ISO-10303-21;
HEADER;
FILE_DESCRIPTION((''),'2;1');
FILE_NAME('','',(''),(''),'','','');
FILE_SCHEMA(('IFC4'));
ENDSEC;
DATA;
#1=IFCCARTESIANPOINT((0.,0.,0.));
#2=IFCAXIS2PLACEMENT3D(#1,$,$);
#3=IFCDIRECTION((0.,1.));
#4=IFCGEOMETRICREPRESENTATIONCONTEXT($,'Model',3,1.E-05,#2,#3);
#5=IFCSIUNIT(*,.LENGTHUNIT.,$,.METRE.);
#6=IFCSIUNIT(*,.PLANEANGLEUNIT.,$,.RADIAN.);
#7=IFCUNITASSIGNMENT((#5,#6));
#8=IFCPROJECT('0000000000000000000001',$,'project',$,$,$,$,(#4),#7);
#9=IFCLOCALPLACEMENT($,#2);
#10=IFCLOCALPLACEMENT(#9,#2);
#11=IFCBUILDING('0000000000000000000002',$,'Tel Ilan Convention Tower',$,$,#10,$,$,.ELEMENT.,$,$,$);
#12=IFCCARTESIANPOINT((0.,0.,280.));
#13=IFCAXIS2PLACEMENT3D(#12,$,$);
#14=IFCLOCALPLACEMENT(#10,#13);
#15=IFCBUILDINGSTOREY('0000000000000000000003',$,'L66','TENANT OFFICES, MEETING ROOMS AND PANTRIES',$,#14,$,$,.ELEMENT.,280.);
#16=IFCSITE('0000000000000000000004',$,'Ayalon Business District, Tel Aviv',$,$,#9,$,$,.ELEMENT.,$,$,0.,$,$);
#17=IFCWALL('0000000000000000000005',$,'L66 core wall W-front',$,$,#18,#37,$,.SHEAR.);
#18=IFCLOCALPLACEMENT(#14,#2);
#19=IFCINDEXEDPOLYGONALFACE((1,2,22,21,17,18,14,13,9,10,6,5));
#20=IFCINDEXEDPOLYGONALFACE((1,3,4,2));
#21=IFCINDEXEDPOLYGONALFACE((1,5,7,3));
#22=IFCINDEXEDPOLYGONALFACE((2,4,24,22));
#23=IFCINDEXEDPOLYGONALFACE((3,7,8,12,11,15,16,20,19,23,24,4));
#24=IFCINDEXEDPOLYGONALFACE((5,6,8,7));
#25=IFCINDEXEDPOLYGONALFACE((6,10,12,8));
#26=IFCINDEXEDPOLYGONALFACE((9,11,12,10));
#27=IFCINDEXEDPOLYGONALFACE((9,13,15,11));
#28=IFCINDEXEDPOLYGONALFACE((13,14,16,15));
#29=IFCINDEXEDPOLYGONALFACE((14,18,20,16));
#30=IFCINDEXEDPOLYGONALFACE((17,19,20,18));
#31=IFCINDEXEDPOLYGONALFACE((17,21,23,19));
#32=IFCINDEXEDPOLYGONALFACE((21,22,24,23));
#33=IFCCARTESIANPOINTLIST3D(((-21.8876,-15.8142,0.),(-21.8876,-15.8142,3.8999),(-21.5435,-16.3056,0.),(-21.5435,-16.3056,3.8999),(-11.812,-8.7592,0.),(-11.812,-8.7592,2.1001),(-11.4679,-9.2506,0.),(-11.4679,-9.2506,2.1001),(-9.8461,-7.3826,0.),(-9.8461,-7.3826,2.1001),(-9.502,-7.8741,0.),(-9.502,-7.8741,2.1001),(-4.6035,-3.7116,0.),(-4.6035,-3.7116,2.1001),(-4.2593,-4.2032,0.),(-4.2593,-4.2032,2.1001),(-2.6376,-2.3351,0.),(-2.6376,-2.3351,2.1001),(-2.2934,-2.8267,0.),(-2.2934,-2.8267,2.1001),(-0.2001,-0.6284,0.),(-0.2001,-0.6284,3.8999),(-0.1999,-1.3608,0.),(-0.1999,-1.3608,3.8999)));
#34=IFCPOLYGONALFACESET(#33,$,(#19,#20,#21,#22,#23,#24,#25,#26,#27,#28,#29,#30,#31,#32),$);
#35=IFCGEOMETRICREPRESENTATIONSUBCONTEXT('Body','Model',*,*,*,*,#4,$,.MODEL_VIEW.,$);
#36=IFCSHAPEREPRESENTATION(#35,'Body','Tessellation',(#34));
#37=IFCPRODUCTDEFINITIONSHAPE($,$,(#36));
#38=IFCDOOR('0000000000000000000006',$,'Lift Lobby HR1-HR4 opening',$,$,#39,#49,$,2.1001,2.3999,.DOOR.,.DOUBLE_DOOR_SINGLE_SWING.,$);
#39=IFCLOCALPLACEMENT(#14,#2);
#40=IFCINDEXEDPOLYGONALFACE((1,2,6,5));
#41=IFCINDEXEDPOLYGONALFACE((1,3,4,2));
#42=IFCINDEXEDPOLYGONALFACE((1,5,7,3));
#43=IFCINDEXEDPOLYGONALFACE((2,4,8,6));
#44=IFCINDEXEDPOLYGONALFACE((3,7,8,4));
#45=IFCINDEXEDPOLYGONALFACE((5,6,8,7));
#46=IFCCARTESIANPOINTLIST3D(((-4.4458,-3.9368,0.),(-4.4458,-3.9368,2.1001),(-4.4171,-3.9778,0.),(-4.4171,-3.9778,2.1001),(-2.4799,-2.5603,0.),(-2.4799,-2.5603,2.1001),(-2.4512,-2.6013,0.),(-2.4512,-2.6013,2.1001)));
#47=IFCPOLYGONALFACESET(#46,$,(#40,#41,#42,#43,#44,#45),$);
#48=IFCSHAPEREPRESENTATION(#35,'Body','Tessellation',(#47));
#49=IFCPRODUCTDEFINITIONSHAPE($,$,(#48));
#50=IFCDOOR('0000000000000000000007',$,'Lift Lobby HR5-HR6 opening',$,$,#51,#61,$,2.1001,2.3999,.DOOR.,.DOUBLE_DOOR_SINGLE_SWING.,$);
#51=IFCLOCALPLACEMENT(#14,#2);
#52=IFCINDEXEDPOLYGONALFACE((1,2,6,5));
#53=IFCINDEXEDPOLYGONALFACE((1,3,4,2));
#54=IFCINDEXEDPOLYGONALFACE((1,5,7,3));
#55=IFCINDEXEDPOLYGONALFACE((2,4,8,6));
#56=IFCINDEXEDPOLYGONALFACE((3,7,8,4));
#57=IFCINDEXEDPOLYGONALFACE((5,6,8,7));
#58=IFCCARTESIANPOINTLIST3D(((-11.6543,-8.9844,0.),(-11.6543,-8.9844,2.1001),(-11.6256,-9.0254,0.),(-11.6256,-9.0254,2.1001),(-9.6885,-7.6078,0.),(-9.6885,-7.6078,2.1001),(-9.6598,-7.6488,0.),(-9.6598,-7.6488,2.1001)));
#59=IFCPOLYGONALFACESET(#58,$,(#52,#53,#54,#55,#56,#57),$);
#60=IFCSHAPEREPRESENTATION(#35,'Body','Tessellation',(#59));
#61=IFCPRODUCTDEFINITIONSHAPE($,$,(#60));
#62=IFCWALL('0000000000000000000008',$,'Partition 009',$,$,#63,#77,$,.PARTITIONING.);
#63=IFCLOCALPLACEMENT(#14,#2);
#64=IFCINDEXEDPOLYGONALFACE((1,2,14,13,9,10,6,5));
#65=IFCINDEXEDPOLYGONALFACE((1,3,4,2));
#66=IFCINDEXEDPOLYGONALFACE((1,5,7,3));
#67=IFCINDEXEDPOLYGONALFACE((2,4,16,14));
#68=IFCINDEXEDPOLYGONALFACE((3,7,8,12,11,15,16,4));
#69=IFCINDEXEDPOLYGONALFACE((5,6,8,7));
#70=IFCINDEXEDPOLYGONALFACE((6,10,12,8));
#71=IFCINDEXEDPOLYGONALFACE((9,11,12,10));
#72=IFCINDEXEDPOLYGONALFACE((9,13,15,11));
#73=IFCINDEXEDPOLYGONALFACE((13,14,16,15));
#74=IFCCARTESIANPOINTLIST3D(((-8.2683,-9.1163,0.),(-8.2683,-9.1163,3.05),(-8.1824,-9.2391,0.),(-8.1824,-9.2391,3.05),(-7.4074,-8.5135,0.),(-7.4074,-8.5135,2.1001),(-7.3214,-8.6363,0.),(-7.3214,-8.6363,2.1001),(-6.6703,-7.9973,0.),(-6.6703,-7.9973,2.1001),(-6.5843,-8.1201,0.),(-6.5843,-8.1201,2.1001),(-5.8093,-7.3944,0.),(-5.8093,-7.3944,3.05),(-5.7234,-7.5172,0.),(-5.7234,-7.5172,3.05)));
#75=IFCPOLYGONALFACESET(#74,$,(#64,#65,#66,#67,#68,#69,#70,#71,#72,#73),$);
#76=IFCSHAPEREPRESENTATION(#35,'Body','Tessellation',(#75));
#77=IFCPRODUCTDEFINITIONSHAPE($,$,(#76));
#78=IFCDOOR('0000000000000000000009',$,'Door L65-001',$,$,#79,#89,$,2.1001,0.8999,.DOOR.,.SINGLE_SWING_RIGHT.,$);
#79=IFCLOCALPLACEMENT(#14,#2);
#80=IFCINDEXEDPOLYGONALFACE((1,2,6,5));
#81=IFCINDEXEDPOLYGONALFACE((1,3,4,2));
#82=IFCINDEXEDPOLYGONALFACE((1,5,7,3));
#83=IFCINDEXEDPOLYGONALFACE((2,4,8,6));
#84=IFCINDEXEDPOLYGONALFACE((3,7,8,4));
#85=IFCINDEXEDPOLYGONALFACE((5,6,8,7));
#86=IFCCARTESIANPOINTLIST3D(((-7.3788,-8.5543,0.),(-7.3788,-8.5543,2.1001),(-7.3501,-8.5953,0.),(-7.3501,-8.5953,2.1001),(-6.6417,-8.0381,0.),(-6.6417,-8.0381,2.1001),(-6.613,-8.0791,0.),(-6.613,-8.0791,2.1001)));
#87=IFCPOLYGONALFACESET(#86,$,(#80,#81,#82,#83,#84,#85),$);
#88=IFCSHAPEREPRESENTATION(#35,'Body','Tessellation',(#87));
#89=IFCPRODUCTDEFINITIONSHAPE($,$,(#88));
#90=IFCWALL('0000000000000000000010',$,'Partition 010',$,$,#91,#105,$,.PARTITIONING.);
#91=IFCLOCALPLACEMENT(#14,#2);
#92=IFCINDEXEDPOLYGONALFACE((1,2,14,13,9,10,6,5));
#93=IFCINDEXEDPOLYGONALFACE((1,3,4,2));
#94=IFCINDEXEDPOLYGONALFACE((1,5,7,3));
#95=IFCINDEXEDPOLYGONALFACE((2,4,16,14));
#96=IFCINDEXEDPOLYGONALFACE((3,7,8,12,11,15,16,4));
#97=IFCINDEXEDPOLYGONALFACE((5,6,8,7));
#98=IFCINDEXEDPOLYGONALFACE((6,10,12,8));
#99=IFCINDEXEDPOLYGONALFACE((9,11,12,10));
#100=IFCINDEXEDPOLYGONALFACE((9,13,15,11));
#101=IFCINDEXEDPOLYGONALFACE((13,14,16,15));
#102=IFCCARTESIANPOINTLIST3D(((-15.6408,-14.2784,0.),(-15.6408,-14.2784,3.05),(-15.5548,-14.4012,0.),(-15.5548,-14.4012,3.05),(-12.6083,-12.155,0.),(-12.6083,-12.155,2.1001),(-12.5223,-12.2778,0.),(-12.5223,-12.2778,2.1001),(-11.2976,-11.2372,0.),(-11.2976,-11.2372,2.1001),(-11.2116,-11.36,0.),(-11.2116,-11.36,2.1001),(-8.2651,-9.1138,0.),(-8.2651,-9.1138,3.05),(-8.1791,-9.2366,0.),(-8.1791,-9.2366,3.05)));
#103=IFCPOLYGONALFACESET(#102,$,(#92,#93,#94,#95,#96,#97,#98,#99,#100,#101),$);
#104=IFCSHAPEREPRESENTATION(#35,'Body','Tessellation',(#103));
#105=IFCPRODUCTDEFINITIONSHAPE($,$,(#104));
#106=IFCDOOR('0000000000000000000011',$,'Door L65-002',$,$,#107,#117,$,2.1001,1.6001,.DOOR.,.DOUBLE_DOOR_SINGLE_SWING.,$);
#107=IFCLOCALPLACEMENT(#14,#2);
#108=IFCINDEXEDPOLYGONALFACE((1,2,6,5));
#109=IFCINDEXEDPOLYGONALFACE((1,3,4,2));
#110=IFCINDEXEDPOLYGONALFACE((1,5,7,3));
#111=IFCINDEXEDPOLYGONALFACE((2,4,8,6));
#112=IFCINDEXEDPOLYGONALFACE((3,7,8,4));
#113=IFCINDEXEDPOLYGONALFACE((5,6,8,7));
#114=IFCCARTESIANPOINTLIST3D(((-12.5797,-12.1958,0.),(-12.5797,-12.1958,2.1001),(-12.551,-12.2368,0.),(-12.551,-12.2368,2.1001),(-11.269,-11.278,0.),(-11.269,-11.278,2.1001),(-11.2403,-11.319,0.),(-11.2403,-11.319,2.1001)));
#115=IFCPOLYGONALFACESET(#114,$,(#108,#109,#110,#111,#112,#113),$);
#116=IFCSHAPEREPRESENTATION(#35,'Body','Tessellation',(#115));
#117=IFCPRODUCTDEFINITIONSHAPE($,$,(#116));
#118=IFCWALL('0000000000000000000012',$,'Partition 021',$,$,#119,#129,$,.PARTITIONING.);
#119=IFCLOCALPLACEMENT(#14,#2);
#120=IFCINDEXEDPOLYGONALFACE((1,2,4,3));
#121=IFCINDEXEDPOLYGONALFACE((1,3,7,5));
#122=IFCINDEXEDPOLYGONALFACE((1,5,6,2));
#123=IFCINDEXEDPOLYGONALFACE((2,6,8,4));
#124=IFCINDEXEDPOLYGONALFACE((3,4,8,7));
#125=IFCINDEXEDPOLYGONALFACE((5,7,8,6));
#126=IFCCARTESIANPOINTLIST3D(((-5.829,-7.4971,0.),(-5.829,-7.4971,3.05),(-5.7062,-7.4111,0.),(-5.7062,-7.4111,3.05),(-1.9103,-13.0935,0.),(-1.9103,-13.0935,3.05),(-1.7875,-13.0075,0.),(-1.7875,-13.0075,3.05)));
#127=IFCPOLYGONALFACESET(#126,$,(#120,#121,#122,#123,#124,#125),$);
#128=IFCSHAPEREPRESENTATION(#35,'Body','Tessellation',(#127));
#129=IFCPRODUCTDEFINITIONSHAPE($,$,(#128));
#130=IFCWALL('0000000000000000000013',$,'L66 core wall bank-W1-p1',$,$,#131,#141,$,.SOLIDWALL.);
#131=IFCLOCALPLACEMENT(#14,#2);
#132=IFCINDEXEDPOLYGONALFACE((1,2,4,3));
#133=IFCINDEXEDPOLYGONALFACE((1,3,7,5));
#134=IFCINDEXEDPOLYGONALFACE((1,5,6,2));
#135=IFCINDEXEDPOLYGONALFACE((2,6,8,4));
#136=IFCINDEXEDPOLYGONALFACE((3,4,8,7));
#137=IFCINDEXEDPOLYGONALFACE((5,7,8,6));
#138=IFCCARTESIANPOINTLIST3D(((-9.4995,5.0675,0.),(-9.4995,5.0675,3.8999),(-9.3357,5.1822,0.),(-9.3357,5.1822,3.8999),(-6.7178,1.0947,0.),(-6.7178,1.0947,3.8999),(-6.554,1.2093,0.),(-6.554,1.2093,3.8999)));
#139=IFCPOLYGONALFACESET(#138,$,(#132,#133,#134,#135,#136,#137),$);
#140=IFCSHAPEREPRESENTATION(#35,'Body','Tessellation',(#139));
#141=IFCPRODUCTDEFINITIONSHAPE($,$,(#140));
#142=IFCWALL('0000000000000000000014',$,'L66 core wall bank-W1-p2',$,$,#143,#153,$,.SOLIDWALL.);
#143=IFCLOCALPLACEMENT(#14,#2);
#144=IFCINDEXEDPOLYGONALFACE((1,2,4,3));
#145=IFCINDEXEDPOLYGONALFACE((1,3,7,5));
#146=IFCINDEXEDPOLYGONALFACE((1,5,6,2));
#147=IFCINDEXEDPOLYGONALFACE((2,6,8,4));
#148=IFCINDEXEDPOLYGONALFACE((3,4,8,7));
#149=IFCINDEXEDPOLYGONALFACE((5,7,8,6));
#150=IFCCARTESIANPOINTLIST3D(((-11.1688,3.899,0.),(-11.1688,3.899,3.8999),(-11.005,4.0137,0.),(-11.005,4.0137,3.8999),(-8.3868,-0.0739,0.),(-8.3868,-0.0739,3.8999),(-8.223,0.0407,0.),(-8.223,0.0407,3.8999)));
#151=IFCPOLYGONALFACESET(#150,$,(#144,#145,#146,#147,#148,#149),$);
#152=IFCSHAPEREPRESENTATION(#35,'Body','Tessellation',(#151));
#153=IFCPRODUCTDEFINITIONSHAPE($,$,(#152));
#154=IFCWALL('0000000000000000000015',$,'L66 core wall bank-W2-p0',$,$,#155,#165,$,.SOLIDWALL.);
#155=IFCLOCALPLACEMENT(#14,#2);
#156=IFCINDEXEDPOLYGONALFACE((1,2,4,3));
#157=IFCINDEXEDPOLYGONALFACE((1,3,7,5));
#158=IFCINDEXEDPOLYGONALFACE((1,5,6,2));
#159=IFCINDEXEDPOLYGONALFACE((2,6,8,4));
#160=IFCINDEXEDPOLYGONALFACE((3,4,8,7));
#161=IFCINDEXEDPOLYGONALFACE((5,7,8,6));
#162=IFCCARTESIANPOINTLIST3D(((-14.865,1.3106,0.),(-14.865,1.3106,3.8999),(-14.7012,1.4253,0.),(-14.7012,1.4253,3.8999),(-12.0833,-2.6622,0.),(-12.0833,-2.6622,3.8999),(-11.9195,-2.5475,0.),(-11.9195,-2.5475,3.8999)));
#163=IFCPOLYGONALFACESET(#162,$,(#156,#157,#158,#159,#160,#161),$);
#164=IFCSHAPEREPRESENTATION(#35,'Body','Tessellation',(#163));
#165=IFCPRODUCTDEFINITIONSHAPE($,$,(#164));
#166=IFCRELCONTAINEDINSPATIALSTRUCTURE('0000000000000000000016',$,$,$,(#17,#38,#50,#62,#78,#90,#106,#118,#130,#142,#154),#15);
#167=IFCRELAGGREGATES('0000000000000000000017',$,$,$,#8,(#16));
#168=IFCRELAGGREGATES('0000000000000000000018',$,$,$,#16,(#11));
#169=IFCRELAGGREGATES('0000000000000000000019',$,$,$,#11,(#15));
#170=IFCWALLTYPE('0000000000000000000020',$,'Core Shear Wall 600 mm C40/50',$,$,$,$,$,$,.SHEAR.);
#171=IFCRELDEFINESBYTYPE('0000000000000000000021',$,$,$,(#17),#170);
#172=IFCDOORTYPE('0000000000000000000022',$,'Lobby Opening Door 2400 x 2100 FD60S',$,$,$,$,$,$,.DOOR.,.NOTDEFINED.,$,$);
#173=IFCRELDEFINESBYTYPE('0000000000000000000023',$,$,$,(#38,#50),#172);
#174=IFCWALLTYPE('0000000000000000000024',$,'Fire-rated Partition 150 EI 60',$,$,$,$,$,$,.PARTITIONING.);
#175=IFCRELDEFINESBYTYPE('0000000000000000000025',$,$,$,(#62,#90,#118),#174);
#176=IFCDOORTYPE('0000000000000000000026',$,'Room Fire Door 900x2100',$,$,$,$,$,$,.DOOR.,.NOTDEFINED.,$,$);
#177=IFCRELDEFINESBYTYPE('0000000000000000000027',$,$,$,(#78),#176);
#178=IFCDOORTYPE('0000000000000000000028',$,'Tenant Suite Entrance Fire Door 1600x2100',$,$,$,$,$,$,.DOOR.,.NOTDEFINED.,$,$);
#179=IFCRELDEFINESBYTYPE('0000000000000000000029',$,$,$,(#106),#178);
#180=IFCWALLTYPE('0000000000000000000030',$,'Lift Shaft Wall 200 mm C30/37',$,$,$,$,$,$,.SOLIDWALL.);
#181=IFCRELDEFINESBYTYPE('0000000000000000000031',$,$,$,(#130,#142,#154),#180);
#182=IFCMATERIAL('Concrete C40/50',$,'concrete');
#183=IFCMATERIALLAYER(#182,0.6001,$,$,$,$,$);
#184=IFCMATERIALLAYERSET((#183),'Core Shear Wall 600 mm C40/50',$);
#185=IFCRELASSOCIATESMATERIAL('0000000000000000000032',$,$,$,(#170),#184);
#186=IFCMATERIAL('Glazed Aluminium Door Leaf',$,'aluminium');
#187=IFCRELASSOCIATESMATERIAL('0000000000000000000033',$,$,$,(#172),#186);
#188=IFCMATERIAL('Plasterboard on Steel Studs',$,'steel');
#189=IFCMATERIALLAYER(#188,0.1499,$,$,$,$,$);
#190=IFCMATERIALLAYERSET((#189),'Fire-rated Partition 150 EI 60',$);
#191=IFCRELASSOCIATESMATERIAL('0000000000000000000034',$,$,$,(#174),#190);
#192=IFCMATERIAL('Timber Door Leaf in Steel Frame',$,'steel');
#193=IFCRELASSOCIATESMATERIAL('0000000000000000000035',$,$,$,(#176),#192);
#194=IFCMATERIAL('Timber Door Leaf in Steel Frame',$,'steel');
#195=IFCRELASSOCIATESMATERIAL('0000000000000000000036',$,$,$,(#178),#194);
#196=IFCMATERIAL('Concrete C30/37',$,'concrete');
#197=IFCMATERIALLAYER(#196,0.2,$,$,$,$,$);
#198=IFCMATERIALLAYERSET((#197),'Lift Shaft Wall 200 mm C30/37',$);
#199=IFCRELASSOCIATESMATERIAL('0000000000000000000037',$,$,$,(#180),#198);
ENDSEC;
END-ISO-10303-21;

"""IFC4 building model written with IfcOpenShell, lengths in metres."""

from ifc_helpers import new_model, si_unit, direction, frame, frame_2d, origin, place, context, subcontext, project, spatial, polyline, rectangle, outline, extrude, material, layer, layer_set, type_object, element, fill, save


model = new_model("IFC4")

# Units and contexts
model_context = context("Model", 3, precision=1e-05, world=origin(), true_north=direction((0.0, 1.0)))
body_context = subcontext(model_context, "Body", "Model", "MODEL_VIEW")
ifc_project = project(units=[si_unit("LENGTHUNIT", "METRE"), si_unit("PLANEANGLEUNIT", "RADIAN")], contexts=[model_context])

# Site, building, storey
site_placement = place(None, origin())
site = spatial("IfcSite", under=ifc_project, at=site_placement, Name="Ayalon Business District, Tel Aviv", CompositionType="ELEMENT", RefElevation=0.0)
building_placement = place(site_placement, origin())
building = spatial("IfcBuilding", under=site, at=building_placement, Name="Tel Ilan Convention Tower", CompositionType="ELEMENT")
storey_placement = place(building_placement, frame((0.0, 0.0, 280.0)))
storey = spatial("IfcBuildingStorey", under=building, at=storey_placement, Name="L66", Description="TENANT OFFICES, MEETING ROOMS AND PANTRIES", CompositionType="ELEMENT", Elevation=280.0)

# Wall, openings, doors
ifc_material_1 = material(Name="Concrete C40/50", Category="concrete")
ifc_layer_1 = layer(ifc_material_1, 0.6001)
ifc_layer_set_1 = layer_set([ifc_layer_1], Name="Core Shear Wall 600 mm C40/50")
wall_type_1 = type_object("IfcWallType", Name="Core Shear Wall 600 mm C40/50", PredefinedType="SHEAR", material=ifc_layer_set_1)
wall_1_placement = place(storey_placement, frame((-0.0278, -0.874, 0.0), z_axis=(0.0, 0.0, 1.0), x_axis=(-0.81915, -0.573579, 0.0)))
wall_1 = element("IfcWall", 1, at=wall_1_placement, inside=storey, type_object=wall_type_1, Name="L66 core wall W-front", PredefinedType="SHEAR", context=body_context, shape_type="SweptSolid", body=[
    extrude(outline(polyline([(26.4758, 0.2998), (0.4202, 0.3), (0.0002, -0.3), (26.4758, -0.3), (26.4758, 0.2998)])), origin(), (0.0, 0.0, 1.0), 3.8999),
])
opening_1_placement = place(wall_1_placement, frame((2.9758, 0.0, 0.0)))
opening_1 = element("IfcOpeningElement", 2, at=opening_1_placement, cuts=wall_1, PredefinedType="OPENING", context=body_context, shape_type="SweptSolid", body=[
    extrude(rectangle(XDim=2.3999, YDim=2.1001, at=frame_2d((1.2, 1.05))), frame((0.0, 0.3101, 0.0), z_axis=(0.0, -1.0, 0.0), x_axis=(1.0, 0.0, 0.0)), (0.0, 0.0, 1.0), 0.6201),
])
opening_2_placement = place(wall_1_placement, frame((11.7759, 0.0, 0.0)))
opening_2 = element("IfcOpeningElement", 3, at=opening_2_placement, cuts=wall_1, PredefinedType="OPENING", context=body_context, shape_type="SweptSolid", body=[
    extrude(rectangle(XDim=2.3999, YDim=2.1001, at=frame_2d((1.2, 1.05))), frame((0.0, 0.3101, 0.0), z_axis=(0.0, -1.0, 0.0), x_axis=(1.0, 0.0, 0.0)), (0.0, 0.0, 1.0), 0.6201),
])
ifc_material_2 = material(Name="Glazed Aluminium Door Leaf", Category="aluminium")
door_type_1 = type_object("IfcDoorType", Name="Lobby Opening Door 2400 x 2100 FD60S", OperationType="NOTDEFINED", PredefinedType="DOOR", material=ifc_material_2)
door_1_placement = place(opening_1_placement, origin())
door_1 = element("IfcDoor", 4, at=door_1_placement, inside=storey, type_object=door_type_1, Name="Lift Lobby HR1-HR4 opening", OperationType="DOUBLE_DOOR_SINGLE_SWING", OverallHeight=2.1001, OverallWidth=2.3999, PredefinedType="DOOR", context=body_context, shape_type="SweptSolid", body=[
    extrude(rectangle(XDim=2.3999, YDim=2.1001, at=frame_2d((1.2, 1.05))), frame((0.0, 0.0249, 0.0), z_axis=(0.0, -1.0, 0.0), x_axis=(1.0, 0.0, 0.0)), (0.0, 0.0, 1.0), 0.05),
])
fill(opening_1, door_1)
door_2_placement = place(opening_2_placement, origin())
door_2 = element("IfcDoor", 5, at=door_2_placement, inside=storey, type_object=door_type_1, Name="Lift Lobby HR5-HR6 opening", OperationType="DOUBLE_DOOR_SINGLE_SWING", OverallHeight=2.1001, OverallWidth=2.3999, PredefinedType="DOOR", context=body_context, shape_type="SweptSolid", body=[
    extrude(rectangle(XDim=2.3999, YDim=2.1001, at=frame_2d((1.2, 1.05))), frame((0.0, 0.0249, 0.0), z_axis=(0.0, -1.0, 0.0), x_axis=(1.0, 0.0, 0.0)), (0.0, 0.0, 1.0), 0.05),
])
fill(opening_2, door_2)

# Walls, openings, doors
ifc_material_3 = material(Name="Plasterboard on Steel Studs", Category="steel")
ifc_layer_2 = layer(ifc_material_3, 0.1499)
ifc_layer_set_2 = layer_set([ifc_layer_2], Name="Fire-rated Partition 150 EI 60")
wall_type_2 = type_object("IfcWallType", Name="Fire-rated Partition 150 EI 60", PredefinedType="PARTITIONING", material=ifc_layer_set_2)
wall_2_placement = place(storey_placement, frame((-5.7664, -7.4558, 0.0), z_axis=(0.0, 0.0, 1.0), x_axis=(-0.819133, -0.573604, 0.0)))
wall_2 = element("IfcWall", 6, at=wall_2_placement, inside=storey, type_object=wall_type_2, Name="Partition 009", PredefinedType="PARTITIONING", context=body_context, shape_type="SweptSolid", body=[
    extrude(rectangle(XDim=3.002, YDim=0.1499, at=frame_2d((1.501, 0.0))), origin(), (0.0, 0.0, 1.0), 3.05),
])
opening_3_placement = place(wall_2_placement, frame((1.051, 0.0, 0.0)))
opening_3 = element("IfcOpeningElement", 7, at=opening_3_placement, cuts=wall_2, PredefinedType="OPENING", context=body_context, shape_type="SweptSolid", body=[
    extrude(rectangle(XDim=0.8999, YDim=2.1001, at=frame_2d((0.45, 1.05))), frame((0.0, 0.085, 0.0), z_axis=(0.0, -1.0, 0.0), x_axis=(1.0, 0.0, 0.0)), (0.0, 0.0, 1.0), 0.1699),
])
ifc_material_4 = material(Name="Timber Door Leaf in Steel Frame", Category="steel")
door_type_2 = type_object("IfcDoorType", Name="Room Fire Door 900x2100", OperationType="NOTDEFINED", PredefinedType="DOOR", material=ifc_material_4)
door_3_placement = place(opening_3_placement, origin())
door_3 = element("IfcDoor", 8, at=door_3_placement, inside=storey, type_object=door_type_2, Name="Door L65-001", OperationType="SINGLE_SWING_RIGHT", OverallHeight=2.1001, OverallWidth=0.8999, PredefinedType="DOOR", context=body_context, shape_type="SweptSolid", body=[
    extrude(rectangle(XDim=0.8999, YDim=2.1001, at=frame_2d((0.45, 1.05))), frame((0.0, 0.0249, 0.0), z_axis=(0.0, -1.0, 0.0), x_axis=(1.0, 0.0, 0.0)), (0.0, 0.0, 1.0), 0.05),
])
fill(opening_3, door_3)
wall_3_placement = place(storey_placement, frame((-8.2222, -9.1753, 0.0), z_axis=(0.0, 0.0, 1.0), x_axis=(-0.819152, -0.573577, 0.0)))
wall_3 = element("IfcWall", 9, at=wall_3_placement, inside=storey, type_object=wall_type_2, Name="Partition 010", PredefinedType="PARTITIONING", context=body_context, shape_type="SweptSolid", body=[
    extrude(rectangle(XDim=9.0042, YDim=0.1499, at=frame_2d((4.502, 0.0))), origin(), (0.0, 0.0, 1.0), 3.05),
])
opening_4_placement = place(wall_3_placement, frame((3.7019, 0.0, 0.0)))
opening_4 = element("IfcOpeningElement", 10, at=opening_4_placement, cuts=wall_3, PredefinedType="OPENING", context=body_context, shape_type="SweptSolid", body=[
    extrude(rectangle(XDim=1.6001, YDim=2.1001, at=frame_2d((0.8, 1.05))), frame((0.0, 0.085, 0.0), z_axis=(0.0, -1.0, 0.0), x_axis=(1.0, 0.0, 0.0)), (0.0, 0.0, 1.0), 0.1699),
])
ifc_material_5 = material(Name="Timber Door Leaf in Steel Frame", Category="steel")
door_type_3 = type_object("IfcDoorType", Name="Tenant Suite Entrance Fire Door 1600x2100", OperationType="NOTDEFINED", PredefinedType="DOOR", material=ifc_material_5)
door_4_placement = place(opening_4_placement, origin())
door_4 = element("IfcDoor", 11, at=door_4_placement, inside=storey, type_object=door_type_3, Name="Door L65-002", OperationType="DOUBLE_DOOR_SINGLE_SWING", OverallHeight=2.1001, OverallWidth=1.6001, PredefinedType="DOOR", context=body_context, shape_type="SweptSolid", body=[
    extrude(rectangle(XDim=1.6001, YDim=2.1001, at=frame_2d((0.8, 1.05))), frame((0.0, 0.0249, 0.0), z_axis=(0.0, -1.0, 0.0), x_axis=(1.0, 0.0, 0.0)), (0.0, 0.0, 1.0), 0.05),
])
fill(opening_4, door_4)

# Walls
wall_4_placement = place(storey_placement, frame((-1.8489, -13.0505, 0.0), z_axis=(0.0, 0.0, 1.0), x_axis=(-0.57358, 0.81915, 0.0)))
element("IfcWall", 12, at=wall_4_placement, inside=storey, type_object=wall_type_2, Name="Partition 021", PredefinedType="PARTITIONING", context=body_context, shape_type="SweptSolid", body=[
    extrude(rectangle(XDim=6.832, YDim=0.1499, at=frame_2d((3.416, 0.0))), origin(), (0.0, 0.0, 1.0), 3.05),
])
ifc_material_6 = material(Name="Concrete C30/37", Category="concrete")
ifc_layer_3 = layer(ifc_material_6, 0.2)
ifc_layer_set_3 = layer_set([ifc_layer_3], Name="Lift Shaft Wall 200 mm C30/37")
wall_type_3 = type_object("IfcWallType", Name="Lift Shaft Wall 200 mm C30/37", PredefinedType="SOLIDWALL", material=ifc_layer_set_3)
wall_5_placement = place(storey_placement, frame((-6.636, 1.1521, 0.0), z_axis=(0.0, 0.0, 1.0), x_axis=(-0.57356, 0.819163, 0.0)))
element("IfcWall", 13, at=wall_5_placement, inside=storey, type_object=wall_type_3, Name="L66 core wall bank-W1-p1", PredefinedType="SOLIDWALL", context=body_context, shape_type="SweptSolid", body=[
    extrude(rectangle(XDim=4.8499, YDim=0.2, at=frame_2d((2.4248, 0.0))), origin(), (0.0, 0.0, 1.0), 3.8999),
])
wall_6_placement = place(storey_placement, frame((-8.3049, -0.0166, 0.0), z_axis=(0.0, 0.0, 1.0), x_axis=(-0.573594, 0.81914, 0.0)))
element("IfcWall", 14, at=wall_6_placement, inside=storey, type_object=wall_type_3, Name="L66 core wall bank-W1-p2", PredefinedType="SOLIDWALL", context=body_context, shape_type="SweptSolid", body=[
    extrude(rectangle(XDim=4.8501, YDim=0.2, at=frame_2d((2.425, 0.0))), origin(), (0.0, 0.0, 1.0), 3.8999),
])
wall_7_placement = place(storey_placement, frame((-12.0015, -2.6047, 0.0), z_axis=(0.0, 0.0, 1.0), x_axis=(-0.57356, 0.819163, 0.0)))
element("IfcWall", 15, at=wall_7_placement, inside=storey, type_object=wall_type_3, Name="L66 core wall bank-W2-p0", PredefinedType="SOLIDWALL", context=body_context, shape_type="SweptSolid", body=[
    extrude(rectangle(XDim=4.8499, YDim=0.2, at=frame_2d((2.4248, 0.0))), origin(), (0.0, 0.0, 1.0), 3.8999),
])

save(model, "model.ifc")
